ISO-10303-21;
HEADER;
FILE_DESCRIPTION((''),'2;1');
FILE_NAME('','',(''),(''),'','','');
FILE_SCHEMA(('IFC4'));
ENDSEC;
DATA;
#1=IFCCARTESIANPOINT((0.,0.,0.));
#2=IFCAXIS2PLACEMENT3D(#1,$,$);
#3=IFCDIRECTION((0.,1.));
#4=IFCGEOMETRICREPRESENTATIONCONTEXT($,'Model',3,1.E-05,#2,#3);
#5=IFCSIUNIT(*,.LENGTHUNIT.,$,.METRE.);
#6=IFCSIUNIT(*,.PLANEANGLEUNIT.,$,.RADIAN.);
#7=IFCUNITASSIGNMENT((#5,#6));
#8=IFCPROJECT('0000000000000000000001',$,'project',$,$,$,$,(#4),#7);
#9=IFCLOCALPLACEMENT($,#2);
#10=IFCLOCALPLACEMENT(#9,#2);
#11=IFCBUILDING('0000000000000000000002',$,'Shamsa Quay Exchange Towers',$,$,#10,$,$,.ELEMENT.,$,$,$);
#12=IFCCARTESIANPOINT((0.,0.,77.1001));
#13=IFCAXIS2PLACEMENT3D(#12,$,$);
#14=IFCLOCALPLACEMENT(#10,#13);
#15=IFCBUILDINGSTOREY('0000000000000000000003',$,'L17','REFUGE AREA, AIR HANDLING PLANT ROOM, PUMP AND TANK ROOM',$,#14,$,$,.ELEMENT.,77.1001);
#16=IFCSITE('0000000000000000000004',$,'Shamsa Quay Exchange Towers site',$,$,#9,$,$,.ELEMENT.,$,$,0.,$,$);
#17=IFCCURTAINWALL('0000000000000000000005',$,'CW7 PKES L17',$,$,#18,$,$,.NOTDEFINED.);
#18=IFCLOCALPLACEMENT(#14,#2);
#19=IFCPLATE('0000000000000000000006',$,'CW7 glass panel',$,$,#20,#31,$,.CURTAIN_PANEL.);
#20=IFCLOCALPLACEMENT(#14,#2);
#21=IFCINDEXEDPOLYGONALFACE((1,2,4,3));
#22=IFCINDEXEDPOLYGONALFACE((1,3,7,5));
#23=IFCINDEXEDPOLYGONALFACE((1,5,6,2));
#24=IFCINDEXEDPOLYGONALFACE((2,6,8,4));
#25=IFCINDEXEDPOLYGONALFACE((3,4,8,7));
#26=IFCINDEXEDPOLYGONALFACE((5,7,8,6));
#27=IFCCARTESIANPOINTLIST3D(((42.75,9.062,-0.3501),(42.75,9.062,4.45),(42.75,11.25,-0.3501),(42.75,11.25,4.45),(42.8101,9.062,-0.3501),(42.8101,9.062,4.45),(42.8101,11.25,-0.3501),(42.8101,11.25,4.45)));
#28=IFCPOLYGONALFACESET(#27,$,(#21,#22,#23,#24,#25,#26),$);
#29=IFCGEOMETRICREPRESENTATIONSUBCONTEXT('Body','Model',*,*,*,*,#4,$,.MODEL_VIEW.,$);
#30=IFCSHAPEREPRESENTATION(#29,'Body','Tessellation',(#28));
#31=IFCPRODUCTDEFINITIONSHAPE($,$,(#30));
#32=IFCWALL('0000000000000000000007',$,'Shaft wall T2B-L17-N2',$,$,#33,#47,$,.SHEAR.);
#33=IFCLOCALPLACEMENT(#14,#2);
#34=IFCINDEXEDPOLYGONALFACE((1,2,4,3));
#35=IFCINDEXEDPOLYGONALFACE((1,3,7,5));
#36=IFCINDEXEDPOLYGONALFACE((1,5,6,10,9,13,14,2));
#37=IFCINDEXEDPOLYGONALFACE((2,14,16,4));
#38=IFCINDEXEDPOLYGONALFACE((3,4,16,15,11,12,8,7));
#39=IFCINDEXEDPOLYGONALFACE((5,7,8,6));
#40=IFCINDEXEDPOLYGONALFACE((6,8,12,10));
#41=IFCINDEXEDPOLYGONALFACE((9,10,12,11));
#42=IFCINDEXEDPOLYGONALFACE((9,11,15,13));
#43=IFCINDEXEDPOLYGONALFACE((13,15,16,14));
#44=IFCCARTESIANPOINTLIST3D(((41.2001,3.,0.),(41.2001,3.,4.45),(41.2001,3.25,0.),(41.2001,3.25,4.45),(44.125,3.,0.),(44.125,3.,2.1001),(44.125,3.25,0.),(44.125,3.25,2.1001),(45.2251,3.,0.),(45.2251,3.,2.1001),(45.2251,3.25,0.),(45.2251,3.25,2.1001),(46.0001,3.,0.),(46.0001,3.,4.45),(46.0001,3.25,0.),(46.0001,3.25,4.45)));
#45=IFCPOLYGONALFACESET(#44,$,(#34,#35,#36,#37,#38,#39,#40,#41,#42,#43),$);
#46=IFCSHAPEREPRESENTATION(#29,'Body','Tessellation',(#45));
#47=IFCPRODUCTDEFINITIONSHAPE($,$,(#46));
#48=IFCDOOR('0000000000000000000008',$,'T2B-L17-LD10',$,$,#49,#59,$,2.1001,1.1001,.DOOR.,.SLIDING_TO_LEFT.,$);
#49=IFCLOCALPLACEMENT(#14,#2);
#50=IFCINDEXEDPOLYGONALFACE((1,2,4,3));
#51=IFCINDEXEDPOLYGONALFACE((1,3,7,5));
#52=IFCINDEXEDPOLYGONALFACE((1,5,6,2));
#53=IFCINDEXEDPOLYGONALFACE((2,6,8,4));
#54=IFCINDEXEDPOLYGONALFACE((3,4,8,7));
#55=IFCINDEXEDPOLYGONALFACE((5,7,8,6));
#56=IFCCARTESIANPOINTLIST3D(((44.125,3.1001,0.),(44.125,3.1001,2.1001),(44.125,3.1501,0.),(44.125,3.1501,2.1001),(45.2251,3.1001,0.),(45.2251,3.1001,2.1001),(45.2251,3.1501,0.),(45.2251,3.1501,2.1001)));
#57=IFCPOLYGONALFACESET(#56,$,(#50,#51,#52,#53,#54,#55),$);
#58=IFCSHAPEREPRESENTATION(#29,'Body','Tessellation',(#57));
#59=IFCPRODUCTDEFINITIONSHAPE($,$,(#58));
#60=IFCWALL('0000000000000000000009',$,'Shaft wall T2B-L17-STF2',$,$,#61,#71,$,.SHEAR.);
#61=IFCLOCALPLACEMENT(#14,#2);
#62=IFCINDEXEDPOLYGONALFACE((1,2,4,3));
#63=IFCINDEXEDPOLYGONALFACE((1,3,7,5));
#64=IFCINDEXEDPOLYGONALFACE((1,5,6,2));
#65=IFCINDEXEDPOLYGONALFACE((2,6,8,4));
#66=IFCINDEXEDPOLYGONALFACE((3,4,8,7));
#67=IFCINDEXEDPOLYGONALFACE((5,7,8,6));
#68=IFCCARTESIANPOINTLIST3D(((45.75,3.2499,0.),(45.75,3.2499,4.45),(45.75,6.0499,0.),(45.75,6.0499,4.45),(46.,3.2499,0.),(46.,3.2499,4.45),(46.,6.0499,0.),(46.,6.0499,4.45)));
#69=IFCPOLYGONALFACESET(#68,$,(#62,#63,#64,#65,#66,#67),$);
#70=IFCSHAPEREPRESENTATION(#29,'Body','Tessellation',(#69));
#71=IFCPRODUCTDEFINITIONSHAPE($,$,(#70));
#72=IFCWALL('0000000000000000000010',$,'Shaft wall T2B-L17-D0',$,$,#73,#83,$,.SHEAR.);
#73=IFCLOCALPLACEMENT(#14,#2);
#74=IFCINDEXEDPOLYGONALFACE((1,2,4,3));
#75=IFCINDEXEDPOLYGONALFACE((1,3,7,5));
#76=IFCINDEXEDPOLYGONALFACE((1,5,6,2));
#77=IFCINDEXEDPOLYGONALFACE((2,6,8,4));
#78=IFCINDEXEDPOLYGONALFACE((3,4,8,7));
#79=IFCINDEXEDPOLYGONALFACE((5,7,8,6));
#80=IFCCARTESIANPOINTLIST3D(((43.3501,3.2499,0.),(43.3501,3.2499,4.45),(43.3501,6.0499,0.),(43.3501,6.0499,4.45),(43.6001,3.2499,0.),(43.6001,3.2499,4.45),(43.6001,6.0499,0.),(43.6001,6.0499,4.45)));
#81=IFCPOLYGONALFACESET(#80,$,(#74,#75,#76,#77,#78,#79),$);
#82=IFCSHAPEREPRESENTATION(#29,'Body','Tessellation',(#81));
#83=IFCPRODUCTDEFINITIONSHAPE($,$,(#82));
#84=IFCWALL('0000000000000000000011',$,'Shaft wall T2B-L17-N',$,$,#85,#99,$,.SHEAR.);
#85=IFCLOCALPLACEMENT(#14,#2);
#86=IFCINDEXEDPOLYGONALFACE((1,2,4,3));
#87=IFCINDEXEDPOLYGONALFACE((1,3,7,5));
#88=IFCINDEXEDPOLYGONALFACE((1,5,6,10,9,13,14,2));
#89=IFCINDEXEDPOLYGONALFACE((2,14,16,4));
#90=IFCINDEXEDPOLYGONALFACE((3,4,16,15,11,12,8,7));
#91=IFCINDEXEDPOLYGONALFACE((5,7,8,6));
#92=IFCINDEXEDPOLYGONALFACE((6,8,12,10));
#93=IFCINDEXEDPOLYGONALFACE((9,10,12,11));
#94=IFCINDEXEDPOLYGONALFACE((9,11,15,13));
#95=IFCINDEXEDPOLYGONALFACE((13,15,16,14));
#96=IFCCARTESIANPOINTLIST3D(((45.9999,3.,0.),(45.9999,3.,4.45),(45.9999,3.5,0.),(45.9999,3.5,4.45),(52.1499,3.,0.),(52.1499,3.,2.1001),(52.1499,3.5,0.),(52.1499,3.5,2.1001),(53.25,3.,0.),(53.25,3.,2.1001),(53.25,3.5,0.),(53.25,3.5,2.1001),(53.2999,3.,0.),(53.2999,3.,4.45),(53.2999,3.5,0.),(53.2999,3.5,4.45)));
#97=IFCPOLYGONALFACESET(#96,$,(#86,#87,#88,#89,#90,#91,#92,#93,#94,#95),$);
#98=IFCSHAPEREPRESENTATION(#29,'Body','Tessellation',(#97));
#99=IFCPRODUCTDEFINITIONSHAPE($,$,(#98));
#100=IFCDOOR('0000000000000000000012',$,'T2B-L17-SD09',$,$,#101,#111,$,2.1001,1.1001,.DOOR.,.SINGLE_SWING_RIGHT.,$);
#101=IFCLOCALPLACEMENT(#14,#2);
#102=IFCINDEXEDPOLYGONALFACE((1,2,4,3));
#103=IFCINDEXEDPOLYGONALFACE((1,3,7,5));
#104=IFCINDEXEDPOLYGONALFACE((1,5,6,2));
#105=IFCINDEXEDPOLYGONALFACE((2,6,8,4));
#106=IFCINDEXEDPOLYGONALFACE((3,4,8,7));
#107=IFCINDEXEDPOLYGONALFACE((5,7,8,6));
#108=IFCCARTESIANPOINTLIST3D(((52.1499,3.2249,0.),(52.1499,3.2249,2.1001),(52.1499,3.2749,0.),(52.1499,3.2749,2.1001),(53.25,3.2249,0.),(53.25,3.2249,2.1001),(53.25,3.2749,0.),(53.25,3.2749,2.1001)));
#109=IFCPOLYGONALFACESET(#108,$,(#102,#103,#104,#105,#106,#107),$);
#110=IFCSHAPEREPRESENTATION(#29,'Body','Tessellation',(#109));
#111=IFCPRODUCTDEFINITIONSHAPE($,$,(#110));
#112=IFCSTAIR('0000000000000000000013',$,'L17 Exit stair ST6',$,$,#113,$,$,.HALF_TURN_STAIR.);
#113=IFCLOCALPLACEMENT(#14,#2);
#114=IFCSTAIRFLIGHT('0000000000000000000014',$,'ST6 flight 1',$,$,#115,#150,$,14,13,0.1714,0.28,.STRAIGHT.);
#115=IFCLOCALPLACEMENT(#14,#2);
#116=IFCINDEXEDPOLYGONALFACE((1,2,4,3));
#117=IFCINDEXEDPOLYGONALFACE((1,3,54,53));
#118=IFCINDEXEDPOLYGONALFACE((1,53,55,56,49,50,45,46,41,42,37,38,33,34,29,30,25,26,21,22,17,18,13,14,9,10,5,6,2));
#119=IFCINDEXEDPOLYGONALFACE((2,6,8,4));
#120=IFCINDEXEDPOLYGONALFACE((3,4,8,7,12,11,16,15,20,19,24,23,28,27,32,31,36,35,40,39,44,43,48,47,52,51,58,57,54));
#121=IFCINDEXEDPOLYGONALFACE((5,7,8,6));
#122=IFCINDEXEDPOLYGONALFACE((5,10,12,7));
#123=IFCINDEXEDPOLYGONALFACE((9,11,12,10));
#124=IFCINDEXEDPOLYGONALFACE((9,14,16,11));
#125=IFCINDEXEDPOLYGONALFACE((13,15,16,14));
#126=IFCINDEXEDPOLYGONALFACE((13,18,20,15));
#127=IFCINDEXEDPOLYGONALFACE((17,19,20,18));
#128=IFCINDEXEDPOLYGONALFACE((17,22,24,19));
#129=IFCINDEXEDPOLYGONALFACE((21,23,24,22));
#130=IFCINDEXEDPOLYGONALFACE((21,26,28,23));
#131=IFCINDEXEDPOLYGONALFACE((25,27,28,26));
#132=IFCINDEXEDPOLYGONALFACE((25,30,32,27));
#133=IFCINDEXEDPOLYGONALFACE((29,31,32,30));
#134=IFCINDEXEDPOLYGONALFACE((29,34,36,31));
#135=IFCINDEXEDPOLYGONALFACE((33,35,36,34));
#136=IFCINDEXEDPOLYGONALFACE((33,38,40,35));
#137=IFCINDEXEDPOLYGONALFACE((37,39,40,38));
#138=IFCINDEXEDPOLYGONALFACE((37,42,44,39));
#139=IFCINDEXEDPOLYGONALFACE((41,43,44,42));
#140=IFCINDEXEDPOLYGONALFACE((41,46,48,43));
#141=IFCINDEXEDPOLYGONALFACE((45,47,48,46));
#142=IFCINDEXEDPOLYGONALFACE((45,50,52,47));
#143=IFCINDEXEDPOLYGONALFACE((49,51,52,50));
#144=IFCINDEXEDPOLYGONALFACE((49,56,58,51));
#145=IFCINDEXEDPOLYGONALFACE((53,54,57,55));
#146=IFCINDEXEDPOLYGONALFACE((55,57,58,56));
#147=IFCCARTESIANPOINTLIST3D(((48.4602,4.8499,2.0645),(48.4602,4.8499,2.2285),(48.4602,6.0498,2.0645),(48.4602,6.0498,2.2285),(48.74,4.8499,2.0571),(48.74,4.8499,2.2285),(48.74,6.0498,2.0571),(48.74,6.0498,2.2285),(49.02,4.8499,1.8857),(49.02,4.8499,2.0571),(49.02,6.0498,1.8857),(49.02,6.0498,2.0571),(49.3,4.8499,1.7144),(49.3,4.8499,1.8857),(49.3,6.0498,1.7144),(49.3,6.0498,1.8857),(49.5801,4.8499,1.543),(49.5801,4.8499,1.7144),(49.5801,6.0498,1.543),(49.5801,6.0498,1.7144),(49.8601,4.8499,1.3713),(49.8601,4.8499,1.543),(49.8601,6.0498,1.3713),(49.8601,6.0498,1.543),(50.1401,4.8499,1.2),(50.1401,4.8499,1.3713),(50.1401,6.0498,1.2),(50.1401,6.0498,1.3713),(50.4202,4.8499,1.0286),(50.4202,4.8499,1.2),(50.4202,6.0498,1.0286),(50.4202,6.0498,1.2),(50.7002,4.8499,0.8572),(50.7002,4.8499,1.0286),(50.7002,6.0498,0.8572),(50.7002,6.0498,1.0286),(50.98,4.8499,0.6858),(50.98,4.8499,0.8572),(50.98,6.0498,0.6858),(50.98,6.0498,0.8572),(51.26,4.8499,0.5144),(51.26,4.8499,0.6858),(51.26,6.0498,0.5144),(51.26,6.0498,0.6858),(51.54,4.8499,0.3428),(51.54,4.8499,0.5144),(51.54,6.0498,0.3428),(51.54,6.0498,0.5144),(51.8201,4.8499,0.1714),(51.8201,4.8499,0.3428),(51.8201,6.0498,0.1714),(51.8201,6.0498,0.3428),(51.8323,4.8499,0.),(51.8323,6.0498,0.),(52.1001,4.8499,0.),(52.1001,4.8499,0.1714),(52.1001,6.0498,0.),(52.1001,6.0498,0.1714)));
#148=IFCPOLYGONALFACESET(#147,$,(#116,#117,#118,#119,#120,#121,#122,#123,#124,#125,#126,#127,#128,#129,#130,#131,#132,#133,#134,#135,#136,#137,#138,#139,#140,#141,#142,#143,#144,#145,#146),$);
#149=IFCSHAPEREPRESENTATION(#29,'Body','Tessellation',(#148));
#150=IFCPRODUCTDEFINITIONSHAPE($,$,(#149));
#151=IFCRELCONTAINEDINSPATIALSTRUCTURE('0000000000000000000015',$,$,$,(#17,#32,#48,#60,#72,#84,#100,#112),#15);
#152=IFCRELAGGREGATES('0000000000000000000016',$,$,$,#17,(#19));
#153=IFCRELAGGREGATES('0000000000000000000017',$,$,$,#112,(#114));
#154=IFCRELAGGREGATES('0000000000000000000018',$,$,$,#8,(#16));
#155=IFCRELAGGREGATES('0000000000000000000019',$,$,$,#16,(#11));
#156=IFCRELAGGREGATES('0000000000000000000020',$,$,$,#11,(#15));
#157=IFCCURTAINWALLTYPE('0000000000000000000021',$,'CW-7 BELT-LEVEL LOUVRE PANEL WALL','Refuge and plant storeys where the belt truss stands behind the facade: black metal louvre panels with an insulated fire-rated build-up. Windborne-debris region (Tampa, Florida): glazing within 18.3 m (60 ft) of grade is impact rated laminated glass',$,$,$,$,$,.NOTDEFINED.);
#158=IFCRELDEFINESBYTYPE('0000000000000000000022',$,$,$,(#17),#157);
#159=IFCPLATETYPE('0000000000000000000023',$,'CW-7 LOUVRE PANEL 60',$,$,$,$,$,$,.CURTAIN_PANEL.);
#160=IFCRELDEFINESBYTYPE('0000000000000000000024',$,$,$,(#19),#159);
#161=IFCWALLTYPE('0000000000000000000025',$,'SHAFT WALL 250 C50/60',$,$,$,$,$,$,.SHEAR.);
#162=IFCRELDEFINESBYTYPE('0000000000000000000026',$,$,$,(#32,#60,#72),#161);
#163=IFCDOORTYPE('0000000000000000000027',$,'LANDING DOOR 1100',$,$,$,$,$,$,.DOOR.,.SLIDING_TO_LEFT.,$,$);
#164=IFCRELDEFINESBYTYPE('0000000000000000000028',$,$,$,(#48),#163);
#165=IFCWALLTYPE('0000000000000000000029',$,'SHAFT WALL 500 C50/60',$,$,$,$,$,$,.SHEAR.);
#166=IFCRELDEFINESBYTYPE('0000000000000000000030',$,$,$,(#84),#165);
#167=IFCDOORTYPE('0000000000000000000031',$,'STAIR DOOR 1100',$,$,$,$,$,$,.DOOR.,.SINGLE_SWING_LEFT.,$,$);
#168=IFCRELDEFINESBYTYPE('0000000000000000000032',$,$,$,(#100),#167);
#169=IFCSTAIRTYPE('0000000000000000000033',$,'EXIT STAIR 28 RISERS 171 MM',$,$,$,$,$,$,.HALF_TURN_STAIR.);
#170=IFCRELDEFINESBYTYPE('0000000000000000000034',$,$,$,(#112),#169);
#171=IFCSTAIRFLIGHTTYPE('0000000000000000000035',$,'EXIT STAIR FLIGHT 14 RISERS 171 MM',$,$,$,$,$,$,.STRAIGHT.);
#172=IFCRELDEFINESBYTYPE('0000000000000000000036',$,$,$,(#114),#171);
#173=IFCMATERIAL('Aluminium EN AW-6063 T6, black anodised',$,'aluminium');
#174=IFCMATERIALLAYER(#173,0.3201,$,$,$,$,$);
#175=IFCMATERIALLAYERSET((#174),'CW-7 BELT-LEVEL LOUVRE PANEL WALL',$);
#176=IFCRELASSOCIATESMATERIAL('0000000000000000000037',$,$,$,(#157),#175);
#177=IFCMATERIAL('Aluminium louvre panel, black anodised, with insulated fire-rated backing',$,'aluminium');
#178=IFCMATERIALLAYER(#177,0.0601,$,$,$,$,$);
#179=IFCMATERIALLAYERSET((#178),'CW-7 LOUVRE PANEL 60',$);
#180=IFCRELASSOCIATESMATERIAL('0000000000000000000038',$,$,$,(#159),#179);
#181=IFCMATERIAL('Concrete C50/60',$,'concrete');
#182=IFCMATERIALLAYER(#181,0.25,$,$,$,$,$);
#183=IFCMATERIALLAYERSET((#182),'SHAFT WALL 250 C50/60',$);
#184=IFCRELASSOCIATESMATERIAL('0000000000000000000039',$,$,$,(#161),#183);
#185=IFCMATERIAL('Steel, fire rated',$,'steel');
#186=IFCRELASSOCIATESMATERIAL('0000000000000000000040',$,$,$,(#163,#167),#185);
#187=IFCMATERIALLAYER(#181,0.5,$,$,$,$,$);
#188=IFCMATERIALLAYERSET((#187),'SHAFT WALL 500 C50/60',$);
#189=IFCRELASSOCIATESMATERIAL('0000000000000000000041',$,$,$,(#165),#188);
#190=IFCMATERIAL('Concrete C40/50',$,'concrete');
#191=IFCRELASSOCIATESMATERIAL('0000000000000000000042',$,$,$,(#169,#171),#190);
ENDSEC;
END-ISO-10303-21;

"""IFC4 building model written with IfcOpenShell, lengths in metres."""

from ifc_helpers import new_model, si_unit, direction, frame, frame_2d, origin, origin_2d, place, context, subcontext, project, spatial, polyline, rectangle, outline, extrude, material, layer, layer_set, type_object, element, fill, aggregate, save


model = new_model("IFC4")

# Units and contexts
model_context = context("Model", 3, precision=1e-05, world=origin(), true_north=direction((0.0, 1.0)))
body_context = subcontext(model_context, "Body", "Model", "MODEL_VIEW")
ifc_project = project(units=[si_unit("LENGTHUNIT", "METRE"), si_unit("PLANEANGLEUNIT", "RADIAN")], contexts=[model_context])

# Site, building, storey
site_placement = place(None, origin())
site = spatial("IfcSite", under=ifc_project, at=site_placement, Name="Shamsa Quay Exchange Towers site", CompositionType="ELEMENT", RefElevation=0.0)
building_placement = place(site_placement, origin())
building = spatial("IfcBuilding", under=site, at=building_placement, Name="Shamsa Quay Exchange Towers", CompositionType="ELEMENT")
storey_placement = place(building_placement, frame((0.0, 0.0, 77.1001)))
storey = spatial("IfcBuildingStorey", under=building, at=storey_placement, Name="L17", Description="REFUGE AREA, AIR HANDLING PLANT ROOM, PUMP AND TANK ROOM", CompositionType="ELEMENT", Elevation=77.1001)

# Curtain wall, plate
ifc_material_1 = material(Name="Aluminium EN AW-6063 T6, black anodised", Category="aluminium")
ifc_layer_1 = layer(ifc_material_1, 0.3201)
ifc_layer_set_1 = layer_set([ifc_layer_1], Name="CW-7 BELT-LEVEL LOUVRE PANEL WALL")
curtain_wall_type = type_object("IfcCurtainWallType", Name="CW-7 BELT-LEVEL LOUVRE PANEL WALL", Description="Refuge and plant storeys where the belt truss stands behind the facade: black metal louvre panels with an insulated fire-rated build-up. Windborne-debris region (Tampa, Florida): glazing within 18.3 m (60 ft) of grade is impact rated laminated glass", PredefinedType="NOTDEFINED", material=ifc_layer_set_1)
ifc_material_2 = material(Name="Aluminium louvre panel, black anodised, with insulated fire-rated backing", Category="aluminium")
ifc_layer_2 = layer(ifc_material_2, 0.0601)
ifc_layer_set_2 = layer_set([ifc_layer_2], Name="CW-7 LOUVRE PANEL 60")
plate_type = type_object("IfcPlateType", Name="CW-7 LOUVRE PANEL 60", PredefinedType="CURTAIN_PANEL", material=ifc_layer_set_2)
curtain_wall_1_placement = place(storey_placement, origin())
curtain_wall_1 = element("IfcCurtainWall", 1, at=curtain_wall_1_placement, inside=storey, type_object=curtain_wall_type, Name="CW7 PKES L17", PredefinedType="NOTDEFINED")
plate_1_placement = place(storey_placement, frame((42.78, 10.156, -0.3501), z_axis=(0.0, 0.0, 1.0), x_axis=(0.0, 1.0, 0.0)))
plate_1 = element("IfcPlate", 2, at=plate_1_placement, type_object=plate_type, Name="CW7 glass panel", PredefinedType="CURTAIN_PANEL", context=body_context, shape_type="SweptSolid", body=[
    extrude(rectangle(XDim=2.188, YDim=0.0601, at=origin_2d()), origin(), (0.0, 0.0, 1.0), 4.8),
])
aggregate(curtain_wall_1, [plate_1])

# Wall, opening, door
ifc_material_3 = material(Name="Concrete C50/60", Category="concrete")
ifc_layer_3 = layer(ifc_material_3, 0.25)
ifc_layer_set_3 = layer_set([ifc_layer_3], Name="SHAFT WALL 250 C50/60")
wall_type_1 = type_object("IfcWallType", Name="SHAFT WALL 250 C50/60", PredefinedType="SHEAR", material=ifc_layer_set_3)
wall_1_placement = place(storey_placement, frame((46.0, 3.125, 0.0), z_axis=(0.0, 0.0, 1.0), x_axis=(-1.0, 0.0, 0.0)))
wall_1 = element("IfcWall", 3, at=wall_1_placement, inside=storey, type_object=wall_type_1, Name="Shaft wall T2B-L17-N2", PredefinedType="SHEAR", context=body_context, shape_type="SweptSolid", body=[
    extrude(rectangle(XDim=4.8, YDim=0.25, at=frame_2d((2.3999, 0.0))), origin(), (0.0, 0.0, 1.0), 4.45),
])
opening_1_placement = place(wall_1_placement, frame((0.7749, 0.0, 0.0)))
opening_1 = element("IfcOpeningElement", 4, at=opening_1_placement, cuts=wall_1, PredefinedType="OPENING", context=body_context, shape_type="SweptSolid", body=[
    extrude(rectangle(XDim=1.1001, YDim=2.1001, at=frame_2d((0.55, 1.05))), frame((0.0, 0.135, 0.0), z_axis=(0.0, -1.0, 0.0), x_axis=(1.0, 0.0, 0.0)), (0.0, 0.0, 1.0), 0.27),
])
ifc_material_4 = material(Name="Steel, fire rated", Category="steel")
door_type_1 = type_object("IfcDoorType", Name="LANDING DOOR 1100", OperationType="SLIDING_TO_LEFT", PredefinedType="DOOR", material=ifc_material_4)
door_1_placement = place(opening_1_placement, origin())
door_1 = element("IfcDoor", 5, at=door_1_placement, inside=storey, type_object=door_type_1, Name="T2B-L17-LD10", OperationType="SLIDING_TO_LEFT", OverallHeight=2.1001, OverallWidth=1.1001, PredefinedType="DOOR", context=body_context, shape_type="SweptSolid", body=[
    extrude(rectangle(XDim=1.1001, YDim=2.1001, at=frame_2d((0.55, 1.05))), frame((0.0, 0.0249, 0.0), z_axis=(0.0, -1.0, 0.0), x_axis=(1.0, 0.0, 0.0)), (0.0, 0.0, 1.0), 0.05),
])
fill(opening_1, door_1)

# Walls
for number, where, z_axis, x_axis, name in (
    (6, (45.875, 3.25, 0.0), (0.0, 0.0, 1.0), (0.0, 1.0, 0.0), "Shaft wall T2B-L17-STF2"),
    (7, (43.4751, 3.25, 0.0), (0.0, 0.0, 1.0), (0.0, 1.0, 0.0), "Shaft wall T2B-L17-D0"),
):
    element("IfcWall", number, at=place(storey_placement, frame(where, z_axis=z_axis, x_axis=x_axis)), inside=storey, type_object=wall_type_1, Name=name, PredefinedType="SHEAR", context=body_context, shape_type="SweptSolid", body=[
        extrude(rectangle(XDim=2.8, YDim=0.25, at=frame_2d((1.3999, 0.0))), origin(), (0.0, 0.0, 1.0), 4.45),
    ])

# Wall, opening, door
ifc_layer_4 = layer(ifc_material_3, 0.5)
ifc_layer_set_4 = layer_set([ifc_layer_4], Name="SHAFT WALL 500 C50/60")
wall_type_2 = type_object("IfcWallType", Name="SHAFT WALL 500 C50/60", PredefinedType="SHEAR", material=ifc_layer_set_4)
wall_2_placement = place(storey_placement, frame((46.0, 3.25, 0.0)))
wall_2 = element("IfcWall", 8, at=wall_2_placement, inside=storey, type_object=wall_type_2, Name="Shaft wall T2B-L17-N", PredefinedType="SHEAR", context=body_context, shape_type="SweptSolid", body=[
    extrude(rectangle(XDim=7.3, YDim=0.5, at=frame_2d((3.6499, 0.0))), origin(), (0.0, 0.0, 1.0), 4.45),
])
opening_2_placement = place(wall_2_placement, frame((6.1499, 0.0, 0.0)))
opening_2 = element("IfcOpeningElement", 9, at=opening_2_placement, cuts=wall_2, PredefinedType="OPENING", context=body_context, shape_type="SweptSolid", body=[
    extrude(rectangle(XDim=1.1001, YDim=2.1001, at=frame_2d((0.55, 1.05))), frame((0.0, 0.26, 0.0), z_axis=(0.0, -1.0, 0.0), x_axis=(1.0, 0.0, 0.0)), (0.0, 0.0, 1.0), 0.52),
])
door_type_2 = type_object("IfcDoorType", Name="STAIR DOOR 1100", OperationType="SINGLE_SWING_LEFT", PredefinedType="DOOR", material=ifc_material_4)
door_2_placement = place(opening_2_placement, origin())
door_2 = element("IfcDoor", 10, at=door_2_placement, inside=storey, type_object=door_type_2, Name="T2B-L17-SD09", OperationType="SINGLE_SWING_RIGHT", OverallHeight=2.1001, OverallWidth=1.1001, PredefinedType="DOOR", context=body_context, shape_type="SweptSolid", body=[
    extrude(rectangle(XDim=1.1001, YDim=2.1001, at=frame_2d((0.55, 1.05))), frame((0.0, 0.0249, 0.0), z_axis=(0.0, -1.0, 0.0), x_axis=(1.0, 0.0, 0.0)), (0.0, 0.0, 1.0), 0.05),
])
fill(opening_2, door_2)

# Stair, stair flight
ifc_material_5 = material(Name="Concrete C40/50", Category="concrete")
stair_type = type_object("IfcStairType", Name="EXIT STAIR 28 RISERS 171 MM", PredefinedType="HALF_TURN_STAIR", material=ifc_material_5)
stair_placement = place(storey_placement, origin())
stair = element("IfcStair", 11, at=stair_placement, inside=storey, type_object=stair_type, Name="L17 Exit stair ST6", PredefinedType="HALF_TURN_STAIR")
stair_flight_type = type_object("IfcStairFlightType", Name="EXIT STAIR FLIGHT 14 RISERS 171 MM", PredefinedType="STRAIGHT", material=ifc_material_5)
stair_flight_1_placement = place(storey_placement, frame((52.1001, 5.45, 0.0), z_axis=(0.0, 0.0, 1.0), x_axis=(-1.0, 0.0, 0.0)))
stair_flight_1 = element("IfcStairFlight", 12, at=stair_flight_1_placement, type_object=stair_flight_type, Name="ST6 flight 1", NumberOfRisers=14, NumberOfTreads=13, PredefinedType="STRAIGHT", RiserHeight=0.1714, TreadLength=0.28, context=body_context, shape_type="SweptSolid", body=[
    extrude(outline(polyline([(0.0, 0.0), (0.0, 0.1714), (0.28, 0.1714), (0.28, 0.3428), (0.5601, 0.3428), (0.5601, 0.5144), (0.8401, 0.5144), (0.8401, 0.6858), (1.1201, 0.6858), (1.1201, 0.8572), (1.3999, 0.8572), (1.3999, 1.0286), (1.6799, 1.0286), (1.6799, 1.2), (1.96, 1.2), (1.96, 1.3713), (2.24, 1.3713), (2.24, 1.543), (2.52, 1.543), (2.52, 1.7144), (2.8, 1.7144), (2.8, 1.8857), (3.0801, 1.8857), (3.0801, 2.0571), (3.3601, 2.0571), (3.3601, 2.2285), (3.6399, 2.2285), (3.6399, 2.3999), (3.6399, 2.0645), (0.2678, 0.0), (0.0, 0.0)])), frame((0.0, 0.6001, 0.0), z_axis=(0.0, -1.0, 0.0), x_axis=(1.0, 0.0, 0.0)), (0.0, 0.0, 1.0), 1.2),
])
aggregate(stair, [stair_flight_1])

save(model, "model.ifc")
